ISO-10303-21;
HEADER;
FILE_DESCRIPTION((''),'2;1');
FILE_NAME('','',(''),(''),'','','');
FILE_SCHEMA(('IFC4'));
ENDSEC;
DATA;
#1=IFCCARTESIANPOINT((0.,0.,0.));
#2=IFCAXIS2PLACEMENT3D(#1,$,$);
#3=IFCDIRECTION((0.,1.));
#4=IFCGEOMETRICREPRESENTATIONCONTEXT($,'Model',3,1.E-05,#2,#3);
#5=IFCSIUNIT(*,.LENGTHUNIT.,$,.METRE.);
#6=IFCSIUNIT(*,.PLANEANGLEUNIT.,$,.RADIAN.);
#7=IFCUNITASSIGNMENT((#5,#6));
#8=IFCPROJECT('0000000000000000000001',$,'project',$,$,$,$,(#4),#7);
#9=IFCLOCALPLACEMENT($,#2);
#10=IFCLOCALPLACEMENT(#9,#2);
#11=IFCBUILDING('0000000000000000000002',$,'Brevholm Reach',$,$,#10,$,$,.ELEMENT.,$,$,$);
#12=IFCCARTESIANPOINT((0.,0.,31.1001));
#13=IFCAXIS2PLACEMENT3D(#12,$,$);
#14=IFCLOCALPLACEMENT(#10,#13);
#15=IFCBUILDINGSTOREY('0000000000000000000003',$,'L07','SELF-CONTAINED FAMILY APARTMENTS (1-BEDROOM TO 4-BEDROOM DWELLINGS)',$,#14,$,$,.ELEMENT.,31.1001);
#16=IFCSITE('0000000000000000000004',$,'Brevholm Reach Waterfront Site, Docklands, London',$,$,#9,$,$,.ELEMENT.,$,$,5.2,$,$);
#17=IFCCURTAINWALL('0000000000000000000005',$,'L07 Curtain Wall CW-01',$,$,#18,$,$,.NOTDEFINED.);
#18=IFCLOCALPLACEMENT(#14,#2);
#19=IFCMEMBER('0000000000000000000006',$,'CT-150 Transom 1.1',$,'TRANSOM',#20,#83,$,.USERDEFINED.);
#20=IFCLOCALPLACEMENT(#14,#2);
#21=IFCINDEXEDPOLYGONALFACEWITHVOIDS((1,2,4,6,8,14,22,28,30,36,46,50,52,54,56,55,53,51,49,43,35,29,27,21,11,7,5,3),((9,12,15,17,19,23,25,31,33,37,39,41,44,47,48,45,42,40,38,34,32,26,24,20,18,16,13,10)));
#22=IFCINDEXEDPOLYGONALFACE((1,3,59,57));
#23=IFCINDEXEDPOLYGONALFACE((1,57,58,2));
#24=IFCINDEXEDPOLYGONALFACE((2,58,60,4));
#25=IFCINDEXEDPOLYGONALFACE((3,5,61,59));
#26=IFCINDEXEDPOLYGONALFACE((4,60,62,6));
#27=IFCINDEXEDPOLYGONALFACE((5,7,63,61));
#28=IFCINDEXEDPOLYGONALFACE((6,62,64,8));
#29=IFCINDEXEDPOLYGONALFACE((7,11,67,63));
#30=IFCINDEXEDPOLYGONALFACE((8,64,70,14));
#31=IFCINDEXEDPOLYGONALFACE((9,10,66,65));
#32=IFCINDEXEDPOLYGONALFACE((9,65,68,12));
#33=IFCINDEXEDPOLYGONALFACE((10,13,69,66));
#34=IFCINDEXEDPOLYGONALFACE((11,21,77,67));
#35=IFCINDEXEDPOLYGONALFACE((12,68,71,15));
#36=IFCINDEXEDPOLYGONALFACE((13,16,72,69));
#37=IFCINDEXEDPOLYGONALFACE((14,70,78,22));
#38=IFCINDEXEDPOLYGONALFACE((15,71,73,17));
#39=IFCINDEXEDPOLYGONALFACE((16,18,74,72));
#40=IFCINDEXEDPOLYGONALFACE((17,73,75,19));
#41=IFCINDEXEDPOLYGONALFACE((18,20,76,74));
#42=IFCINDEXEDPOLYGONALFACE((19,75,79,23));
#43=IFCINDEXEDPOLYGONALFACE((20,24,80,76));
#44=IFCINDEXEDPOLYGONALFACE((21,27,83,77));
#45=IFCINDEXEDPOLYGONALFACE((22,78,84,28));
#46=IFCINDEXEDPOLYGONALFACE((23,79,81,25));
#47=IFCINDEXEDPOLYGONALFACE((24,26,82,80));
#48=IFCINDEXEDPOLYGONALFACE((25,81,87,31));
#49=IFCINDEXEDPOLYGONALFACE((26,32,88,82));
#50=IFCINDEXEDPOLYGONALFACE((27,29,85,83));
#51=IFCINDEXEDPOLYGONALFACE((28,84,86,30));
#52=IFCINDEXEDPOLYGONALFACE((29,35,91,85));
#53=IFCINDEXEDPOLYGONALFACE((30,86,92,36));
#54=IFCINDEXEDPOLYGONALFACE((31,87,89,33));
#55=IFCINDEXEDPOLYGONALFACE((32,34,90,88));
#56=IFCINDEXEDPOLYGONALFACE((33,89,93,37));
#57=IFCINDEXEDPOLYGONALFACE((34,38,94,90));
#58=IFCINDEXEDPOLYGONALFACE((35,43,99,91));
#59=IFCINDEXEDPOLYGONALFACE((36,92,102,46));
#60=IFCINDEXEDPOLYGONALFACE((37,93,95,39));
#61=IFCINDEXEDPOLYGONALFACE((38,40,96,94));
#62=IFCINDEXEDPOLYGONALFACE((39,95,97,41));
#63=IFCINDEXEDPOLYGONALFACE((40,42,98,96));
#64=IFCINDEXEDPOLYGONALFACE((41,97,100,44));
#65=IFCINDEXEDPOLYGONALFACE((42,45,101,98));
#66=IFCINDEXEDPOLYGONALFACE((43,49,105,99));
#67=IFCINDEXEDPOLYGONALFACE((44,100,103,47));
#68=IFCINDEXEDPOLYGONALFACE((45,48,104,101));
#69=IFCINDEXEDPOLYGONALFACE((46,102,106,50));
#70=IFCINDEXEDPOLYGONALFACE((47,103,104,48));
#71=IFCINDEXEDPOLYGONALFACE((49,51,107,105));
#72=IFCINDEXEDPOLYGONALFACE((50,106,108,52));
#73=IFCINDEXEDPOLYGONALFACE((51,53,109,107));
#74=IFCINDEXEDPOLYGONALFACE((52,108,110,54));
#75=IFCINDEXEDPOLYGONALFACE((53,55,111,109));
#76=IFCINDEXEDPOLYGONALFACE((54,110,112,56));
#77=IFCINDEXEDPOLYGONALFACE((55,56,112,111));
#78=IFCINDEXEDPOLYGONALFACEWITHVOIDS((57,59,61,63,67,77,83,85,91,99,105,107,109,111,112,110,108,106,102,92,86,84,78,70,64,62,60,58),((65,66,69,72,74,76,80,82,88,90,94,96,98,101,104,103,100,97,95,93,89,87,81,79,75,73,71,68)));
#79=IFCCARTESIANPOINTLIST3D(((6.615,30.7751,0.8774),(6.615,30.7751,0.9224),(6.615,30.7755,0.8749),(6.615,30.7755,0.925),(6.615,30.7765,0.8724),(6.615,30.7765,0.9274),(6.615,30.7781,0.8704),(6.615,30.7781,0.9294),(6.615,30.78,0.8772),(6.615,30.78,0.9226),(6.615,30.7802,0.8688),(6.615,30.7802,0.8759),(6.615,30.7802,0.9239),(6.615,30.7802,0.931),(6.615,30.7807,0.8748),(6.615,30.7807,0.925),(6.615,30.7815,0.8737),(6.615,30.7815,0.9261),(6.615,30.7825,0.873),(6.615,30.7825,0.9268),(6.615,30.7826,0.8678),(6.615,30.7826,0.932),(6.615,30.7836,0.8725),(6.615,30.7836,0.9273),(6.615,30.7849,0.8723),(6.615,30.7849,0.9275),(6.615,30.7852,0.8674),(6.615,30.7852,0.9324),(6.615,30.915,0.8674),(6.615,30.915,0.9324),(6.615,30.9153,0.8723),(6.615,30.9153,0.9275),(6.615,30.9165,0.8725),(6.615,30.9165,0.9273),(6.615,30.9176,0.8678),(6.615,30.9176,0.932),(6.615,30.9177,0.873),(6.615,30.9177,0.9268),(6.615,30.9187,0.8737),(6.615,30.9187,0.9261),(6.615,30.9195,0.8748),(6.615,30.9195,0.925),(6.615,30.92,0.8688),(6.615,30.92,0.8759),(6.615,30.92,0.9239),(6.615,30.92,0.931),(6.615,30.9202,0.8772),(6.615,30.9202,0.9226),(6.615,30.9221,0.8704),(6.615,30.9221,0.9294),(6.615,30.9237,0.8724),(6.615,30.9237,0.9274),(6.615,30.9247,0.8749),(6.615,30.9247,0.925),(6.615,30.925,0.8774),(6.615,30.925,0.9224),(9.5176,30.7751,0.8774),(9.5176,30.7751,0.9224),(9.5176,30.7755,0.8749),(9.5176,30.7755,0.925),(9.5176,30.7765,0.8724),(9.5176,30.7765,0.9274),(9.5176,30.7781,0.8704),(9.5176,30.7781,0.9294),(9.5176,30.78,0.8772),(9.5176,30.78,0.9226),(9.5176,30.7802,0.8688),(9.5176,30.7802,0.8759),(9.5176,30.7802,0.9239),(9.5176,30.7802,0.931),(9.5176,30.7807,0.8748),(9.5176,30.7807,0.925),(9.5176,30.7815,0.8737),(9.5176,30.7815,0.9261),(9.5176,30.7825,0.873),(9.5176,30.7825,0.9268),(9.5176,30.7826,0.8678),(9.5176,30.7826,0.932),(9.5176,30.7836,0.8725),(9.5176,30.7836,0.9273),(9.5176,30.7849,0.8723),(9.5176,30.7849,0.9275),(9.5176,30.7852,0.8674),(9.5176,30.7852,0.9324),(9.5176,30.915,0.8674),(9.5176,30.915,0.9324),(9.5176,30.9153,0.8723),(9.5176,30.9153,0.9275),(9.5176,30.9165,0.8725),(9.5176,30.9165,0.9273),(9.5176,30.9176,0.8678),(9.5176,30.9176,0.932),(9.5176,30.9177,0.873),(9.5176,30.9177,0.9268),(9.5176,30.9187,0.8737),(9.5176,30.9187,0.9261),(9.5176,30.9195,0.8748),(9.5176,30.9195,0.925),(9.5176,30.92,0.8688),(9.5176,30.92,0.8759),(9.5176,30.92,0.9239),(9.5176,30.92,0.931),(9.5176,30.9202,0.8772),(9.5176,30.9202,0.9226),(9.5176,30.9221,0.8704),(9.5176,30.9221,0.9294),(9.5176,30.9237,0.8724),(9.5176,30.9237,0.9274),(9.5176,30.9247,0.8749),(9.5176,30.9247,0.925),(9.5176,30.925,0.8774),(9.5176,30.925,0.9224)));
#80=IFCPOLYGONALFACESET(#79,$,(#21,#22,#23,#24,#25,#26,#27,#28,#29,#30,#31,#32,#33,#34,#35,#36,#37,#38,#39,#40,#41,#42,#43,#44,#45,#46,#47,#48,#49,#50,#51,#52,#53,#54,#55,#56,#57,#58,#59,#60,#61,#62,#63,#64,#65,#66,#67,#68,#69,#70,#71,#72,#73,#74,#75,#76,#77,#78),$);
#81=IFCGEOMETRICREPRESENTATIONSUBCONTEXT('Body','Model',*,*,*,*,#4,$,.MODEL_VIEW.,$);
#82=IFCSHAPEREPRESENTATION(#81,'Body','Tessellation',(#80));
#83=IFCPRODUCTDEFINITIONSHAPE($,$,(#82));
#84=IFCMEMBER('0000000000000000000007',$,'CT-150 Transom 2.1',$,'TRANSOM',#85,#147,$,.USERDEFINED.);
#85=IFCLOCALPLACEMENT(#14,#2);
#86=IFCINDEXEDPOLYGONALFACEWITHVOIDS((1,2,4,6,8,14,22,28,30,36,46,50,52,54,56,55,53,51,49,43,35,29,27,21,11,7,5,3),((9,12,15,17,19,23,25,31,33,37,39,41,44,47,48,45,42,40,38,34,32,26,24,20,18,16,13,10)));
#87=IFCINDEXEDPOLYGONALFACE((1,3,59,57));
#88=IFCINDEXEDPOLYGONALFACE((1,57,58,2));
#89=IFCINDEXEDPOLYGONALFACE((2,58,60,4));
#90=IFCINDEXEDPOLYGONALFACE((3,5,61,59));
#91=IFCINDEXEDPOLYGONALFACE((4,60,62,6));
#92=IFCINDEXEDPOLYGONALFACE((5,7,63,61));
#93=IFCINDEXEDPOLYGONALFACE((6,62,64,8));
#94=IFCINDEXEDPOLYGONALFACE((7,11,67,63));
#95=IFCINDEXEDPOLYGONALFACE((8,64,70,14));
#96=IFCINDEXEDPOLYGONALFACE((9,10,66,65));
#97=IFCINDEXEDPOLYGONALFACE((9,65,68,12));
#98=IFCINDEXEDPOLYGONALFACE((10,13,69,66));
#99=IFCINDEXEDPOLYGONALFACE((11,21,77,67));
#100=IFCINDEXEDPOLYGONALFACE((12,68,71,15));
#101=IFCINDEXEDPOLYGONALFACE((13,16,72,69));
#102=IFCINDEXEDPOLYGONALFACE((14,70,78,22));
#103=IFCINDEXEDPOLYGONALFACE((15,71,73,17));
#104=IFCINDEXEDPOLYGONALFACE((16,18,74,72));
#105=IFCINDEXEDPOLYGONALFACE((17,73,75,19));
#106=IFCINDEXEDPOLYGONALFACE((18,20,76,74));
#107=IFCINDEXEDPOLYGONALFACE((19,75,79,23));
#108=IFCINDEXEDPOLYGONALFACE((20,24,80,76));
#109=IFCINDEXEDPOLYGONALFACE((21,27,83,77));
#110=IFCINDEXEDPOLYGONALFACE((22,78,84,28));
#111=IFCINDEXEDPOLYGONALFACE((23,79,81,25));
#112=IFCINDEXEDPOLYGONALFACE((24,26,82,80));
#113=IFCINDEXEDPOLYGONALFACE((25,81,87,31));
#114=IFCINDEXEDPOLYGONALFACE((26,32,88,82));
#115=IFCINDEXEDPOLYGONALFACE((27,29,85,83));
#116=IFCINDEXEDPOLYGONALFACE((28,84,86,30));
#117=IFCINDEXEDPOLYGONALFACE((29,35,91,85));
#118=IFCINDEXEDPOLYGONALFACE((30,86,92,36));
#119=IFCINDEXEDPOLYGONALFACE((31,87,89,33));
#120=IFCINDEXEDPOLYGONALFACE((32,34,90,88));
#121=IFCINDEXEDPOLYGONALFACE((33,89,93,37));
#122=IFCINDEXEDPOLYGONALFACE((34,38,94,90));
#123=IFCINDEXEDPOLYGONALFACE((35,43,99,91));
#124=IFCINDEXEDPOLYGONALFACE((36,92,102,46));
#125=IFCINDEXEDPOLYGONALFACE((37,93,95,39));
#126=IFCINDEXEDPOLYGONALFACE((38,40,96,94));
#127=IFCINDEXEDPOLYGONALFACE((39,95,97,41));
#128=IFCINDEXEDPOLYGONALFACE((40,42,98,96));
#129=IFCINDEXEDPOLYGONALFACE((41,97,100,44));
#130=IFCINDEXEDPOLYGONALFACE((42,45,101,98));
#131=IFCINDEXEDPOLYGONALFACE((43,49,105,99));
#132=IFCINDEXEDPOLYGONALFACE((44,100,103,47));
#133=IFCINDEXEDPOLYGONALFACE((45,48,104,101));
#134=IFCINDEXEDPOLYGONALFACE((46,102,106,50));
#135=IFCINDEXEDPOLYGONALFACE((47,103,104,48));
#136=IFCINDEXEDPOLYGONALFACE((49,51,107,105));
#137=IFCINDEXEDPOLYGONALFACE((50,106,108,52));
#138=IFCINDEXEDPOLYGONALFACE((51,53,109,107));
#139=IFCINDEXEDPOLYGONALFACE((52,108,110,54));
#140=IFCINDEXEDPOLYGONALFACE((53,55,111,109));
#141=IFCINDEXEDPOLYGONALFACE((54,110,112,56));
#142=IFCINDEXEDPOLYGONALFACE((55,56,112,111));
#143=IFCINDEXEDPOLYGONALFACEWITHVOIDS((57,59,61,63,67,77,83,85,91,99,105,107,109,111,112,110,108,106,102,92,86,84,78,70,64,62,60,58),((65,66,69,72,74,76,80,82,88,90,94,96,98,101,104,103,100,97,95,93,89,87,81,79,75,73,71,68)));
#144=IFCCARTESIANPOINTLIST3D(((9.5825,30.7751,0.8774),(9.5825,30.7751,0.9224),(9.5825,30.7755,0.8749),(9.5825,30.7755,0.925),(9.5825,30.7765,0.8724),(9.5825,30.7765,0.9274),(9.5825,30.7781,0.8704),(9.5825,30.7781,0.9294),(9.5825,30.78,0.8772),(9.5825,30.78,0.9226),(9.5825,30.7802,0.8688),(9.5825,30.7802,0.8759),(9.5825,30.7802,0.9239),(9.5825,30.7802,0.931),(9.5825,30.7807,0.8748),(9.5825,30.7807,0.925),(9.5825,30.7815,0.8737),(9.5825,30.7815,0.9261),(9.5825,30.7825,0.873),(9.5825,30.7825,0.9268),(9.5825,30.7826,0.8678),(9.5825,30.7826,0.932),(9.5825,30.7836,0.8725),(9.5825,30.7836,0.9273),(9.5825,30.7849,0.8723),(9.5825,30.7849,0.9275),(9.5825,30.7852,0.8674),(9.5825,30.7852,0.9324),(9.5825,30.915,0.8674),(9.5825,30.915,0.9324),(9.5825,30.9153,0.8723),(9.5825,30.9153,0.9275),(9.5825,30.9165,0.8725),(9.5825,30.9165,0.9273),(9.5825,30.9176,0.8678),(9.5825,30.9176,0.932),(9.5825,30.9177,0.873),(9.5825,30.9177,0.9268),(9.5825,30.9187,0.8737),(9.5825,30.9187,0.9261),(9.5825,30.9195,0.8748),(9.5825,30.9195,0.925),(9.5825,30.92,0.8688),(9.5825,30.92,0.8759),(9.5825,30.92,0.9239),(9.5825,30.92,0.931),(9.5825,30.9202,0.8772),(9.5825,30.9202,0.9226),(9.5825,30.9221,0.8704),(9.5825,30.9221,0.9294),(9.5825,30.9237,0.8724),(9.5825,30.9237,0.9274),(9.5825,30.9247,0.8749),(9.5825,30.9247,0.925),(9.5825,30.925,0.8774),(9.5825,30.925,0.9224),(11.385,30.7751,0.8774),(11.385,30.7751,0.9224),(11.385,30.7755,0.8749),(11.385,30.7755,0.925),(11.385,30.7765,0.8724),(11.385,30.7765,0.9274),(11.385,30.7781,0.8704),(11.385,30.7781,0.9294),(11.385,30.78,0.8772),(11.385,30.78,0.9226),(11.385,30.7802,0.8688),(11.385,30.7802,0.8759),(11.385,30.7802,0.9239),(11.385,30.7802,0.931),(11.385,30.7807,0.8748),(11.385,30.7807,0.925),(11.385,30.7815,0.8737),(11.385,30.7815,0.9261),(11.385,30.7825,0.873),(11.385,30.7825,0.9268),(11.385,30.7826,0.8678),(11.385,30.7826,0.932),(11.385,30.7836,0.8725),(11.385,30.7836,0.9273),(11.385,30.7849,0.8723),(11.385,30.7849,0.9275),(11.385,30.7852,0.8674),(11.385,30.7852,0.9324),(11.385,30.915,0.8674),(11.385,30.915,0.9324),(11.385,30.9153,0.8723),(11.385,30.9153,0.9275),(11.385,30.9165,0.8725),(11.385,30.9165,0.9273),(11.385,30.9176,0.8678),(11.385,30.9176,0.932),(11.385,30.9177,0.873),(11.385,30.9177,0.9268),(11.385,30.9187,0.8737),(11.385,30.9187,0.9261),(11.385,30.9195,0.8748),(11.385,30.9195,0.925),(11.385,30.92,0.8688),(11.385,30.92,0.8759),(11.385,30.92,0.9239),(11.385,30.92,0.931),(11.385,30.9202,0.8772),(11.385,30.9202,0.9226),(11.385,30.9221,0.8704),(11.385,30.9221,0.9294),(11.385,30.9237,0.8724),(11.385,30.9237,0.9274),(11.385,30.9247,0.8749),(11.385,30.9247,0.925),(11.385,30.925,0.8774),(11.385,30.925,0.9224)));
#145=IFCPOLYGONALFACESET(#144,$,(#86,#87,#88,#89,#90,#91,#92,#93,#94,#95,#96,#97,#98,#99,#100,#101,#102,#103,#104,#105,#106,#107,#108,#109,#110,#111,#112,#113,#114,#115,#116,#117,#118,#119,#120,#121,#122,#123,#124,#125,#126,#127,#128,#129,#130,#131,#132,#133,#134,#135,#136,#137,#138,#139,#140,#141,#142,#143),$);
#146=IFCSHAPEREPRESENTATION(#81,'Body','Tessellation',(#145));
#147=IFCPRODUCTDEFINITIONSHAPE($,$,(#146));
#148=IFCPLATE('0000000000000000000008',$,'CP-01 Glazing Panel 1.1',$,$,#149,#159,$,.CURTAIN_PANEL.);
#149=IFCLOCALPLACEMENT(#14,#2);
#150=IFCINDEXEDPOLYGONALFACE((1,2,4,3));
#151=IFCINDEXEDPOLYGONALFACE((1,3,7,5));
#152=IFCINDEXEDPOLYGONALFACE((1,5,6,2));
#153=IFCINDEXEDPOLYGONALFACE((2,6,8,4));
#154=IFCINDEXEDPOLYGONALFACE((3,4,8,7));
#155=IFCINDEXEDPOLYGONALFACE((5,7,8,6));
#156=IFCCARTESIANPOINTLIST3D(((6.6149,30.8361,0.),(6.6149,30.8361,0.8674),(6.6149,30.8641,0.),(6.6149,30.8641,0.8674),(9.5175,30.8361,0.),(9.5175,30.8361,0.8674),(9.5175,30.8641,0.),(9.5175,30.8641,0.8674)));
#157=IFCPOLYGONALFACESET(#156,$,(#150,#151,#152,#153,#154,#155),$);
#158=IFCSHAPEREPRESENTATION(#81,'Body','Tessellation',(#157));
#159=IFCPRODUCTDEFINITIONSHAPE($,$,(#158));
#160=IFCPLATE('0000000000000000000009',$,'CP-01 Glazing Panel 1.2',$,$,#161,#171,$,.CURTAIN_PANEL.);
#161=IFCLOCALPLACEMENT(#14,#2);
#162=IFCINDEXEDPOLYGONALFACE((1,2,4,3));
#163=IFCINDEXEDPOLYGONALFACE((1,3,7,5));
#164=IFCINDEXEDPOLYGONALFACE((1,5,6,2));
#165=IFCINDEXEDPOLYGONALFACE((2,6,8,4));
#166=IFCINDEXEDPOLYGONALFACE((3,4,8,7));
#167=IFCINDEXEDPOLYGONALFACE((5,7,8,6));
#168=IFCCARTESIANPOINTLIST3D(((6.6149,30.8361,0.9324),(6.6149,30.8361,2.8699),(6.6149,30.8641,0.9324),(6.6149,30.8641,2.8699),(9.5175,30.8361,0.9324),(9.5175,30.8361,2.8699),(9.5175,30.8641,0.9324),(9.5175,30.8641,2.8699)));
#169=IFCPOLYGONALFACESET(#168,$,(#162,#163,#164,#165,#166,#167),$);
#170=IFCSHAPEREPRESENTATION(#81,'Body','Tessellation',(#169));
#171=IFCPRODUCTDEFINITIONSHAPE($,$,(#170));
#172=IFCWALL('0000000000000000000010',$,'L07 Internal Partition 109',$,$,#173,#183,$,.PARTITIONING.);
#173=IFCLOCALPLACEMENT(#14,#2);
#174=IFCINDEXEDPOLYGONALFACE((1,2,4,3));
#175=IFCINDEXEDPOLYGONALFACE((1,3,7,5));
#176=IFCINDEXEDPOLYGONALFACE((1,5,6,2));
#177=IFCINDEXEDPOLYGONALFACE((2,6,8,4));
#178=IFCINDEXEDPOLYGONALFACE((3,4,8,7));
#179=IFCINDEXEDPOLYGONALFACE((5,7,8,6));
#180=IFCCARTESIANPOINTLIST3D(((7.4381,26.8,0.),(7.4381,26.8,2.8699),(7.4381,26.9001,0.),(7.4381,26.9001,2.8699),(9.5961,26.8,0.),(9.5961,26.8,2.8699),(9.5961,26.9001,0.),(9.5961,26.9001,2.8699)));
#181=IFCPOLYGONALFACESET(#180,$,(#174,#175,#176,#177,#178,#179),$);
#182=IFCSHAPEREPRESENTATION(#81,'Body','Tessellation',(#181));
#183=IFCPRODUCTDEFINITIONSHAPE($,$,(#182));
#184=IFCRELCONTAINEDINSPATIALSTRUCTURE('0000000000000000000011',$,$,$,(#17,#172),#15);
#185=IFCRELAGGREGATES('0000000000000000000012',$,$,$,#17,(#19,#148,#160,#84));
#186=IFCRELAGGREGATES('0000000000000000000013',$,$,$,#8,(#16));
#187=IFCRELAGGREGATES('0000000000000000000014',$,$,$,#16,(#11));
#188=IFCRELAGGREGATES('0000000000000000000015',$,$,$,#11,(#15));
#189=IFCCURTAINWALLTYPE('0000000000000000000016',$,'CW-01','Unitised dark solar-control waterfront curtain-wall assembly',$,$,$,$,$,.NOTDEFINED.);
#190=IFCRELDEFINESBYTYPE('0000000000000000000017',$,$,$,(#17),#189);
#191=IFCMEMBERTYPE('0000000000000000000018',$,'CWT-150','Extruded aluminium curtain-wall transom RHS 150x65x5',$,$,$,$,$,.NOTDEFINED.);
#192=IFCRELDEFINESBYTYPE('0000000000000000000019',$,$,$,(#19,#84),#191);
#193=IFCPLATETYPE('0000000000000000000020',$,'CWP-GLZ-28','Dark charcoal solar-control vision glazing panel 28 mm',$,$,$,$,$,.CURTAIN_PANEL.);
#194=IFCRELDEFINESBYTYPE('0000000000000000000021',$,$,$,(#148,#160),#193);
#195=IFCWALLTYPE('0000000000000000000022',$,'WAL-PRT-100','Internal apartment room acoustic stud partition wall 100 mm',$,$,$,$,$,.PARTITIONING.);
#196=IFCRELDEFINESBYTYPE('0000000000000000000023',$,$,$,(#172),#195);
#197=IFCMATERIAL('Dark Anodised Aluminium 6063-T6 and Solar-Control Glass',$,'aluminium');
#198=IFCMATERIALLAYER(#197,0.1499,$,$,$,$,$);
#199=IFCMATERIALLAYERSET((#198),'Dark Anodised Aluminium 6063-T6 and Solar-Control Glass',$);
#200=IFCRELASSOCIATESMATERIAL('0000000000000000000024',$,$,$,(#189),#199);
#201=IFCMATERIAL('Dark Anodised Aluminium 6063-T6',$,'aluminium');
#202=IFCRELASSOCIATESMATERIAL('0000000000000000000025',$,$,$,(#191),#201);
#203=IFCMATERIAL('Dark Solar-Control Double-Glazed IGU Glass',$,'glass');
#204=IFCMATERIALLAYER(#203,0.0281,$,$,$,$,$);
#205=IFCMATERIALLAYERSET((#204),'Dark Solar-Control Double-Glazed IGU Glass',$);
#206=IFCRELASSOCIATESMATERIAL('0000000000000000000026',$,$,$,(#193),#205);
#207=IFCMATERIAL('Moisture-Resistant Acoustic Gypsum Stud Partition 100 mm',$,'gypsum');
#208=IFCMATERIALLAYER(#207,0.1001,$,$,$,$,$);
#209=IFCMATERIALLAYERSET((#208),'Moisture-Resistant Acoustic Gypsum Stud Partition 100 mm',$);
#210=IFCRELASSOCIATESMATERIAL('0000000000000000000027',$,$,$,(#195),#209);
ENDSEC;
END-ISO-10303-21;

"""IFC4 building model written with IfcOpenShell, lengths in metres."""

from ifc_helpers import new_model, si_unit, direction, frame, frame_2d, origin, origin_2d, place, context, subcontext, project, spatial, rectangle, hollow_rectangle, extrude, material, layer, layer_set, material_profile, profile_set, type_object, element, aggregate, save


model = new_model("IFC4")

# Units and contexts
model_context = context("Model", 3, precision=1e-05, world=origin(), true_north=direction((0.0, 1.0)))
body_context = subcontext(model_context, "Body", "Model", "MODEL_VIEW")
ifc_project = project(units=[si_unit("LENGTHUNIT", "METRE"), si_unit("PLANEANGLEUNIT", "RADIAN")], contexts=[model_context])

# Site, building, storey
site_placement = place(None, origin())
site = spatial("IfcSite", under=ifc_project, at=site_placement, Name="Brevholm Reach Waterfront Site, Docklands, London", CompositionType="ELEMENT", RefElevation=5.2)
building_placement = place(site_placement, origin())
building = spatial("IfcBuilding", under=site, at=building_placement, Name="Brevholm Reach", CompositionType="ELEMENT")
storey_placement = place(building_placement, frame((0.0, 0.0, 31.1001)))
storey = spatial("IfcBuildingStorey", under=building, at=storey_placement, Name="L07", Description="SELF-CONTAINED FAMILY APARTMENTS (1-BEDROOM TO 4-BEDROOM DWELLINGS)", CompositionType="ELEMENT", Elevation=31.1001)

# Curtain wall, members, plates
ifc_material_1 = material(Name="Dark Anodised Aluminium 6063-T6 and Solar-Control Glass", Category="aluminium")
ifc_layer_1 = layer(ifc_material_1, 0.1499)
ifc_layer_set_1 = layer_set([ifc_layer_1], Name="Dark Anodised Aluminium 6063-T6 and Solar-Control Glass")
curtain_wall_type = type_object("IfcCurtainWallType", Name="CW-01", Description="Unitised dark solar-control waterfront curtain-wall assembly", PredefinedType="NOTDEFINED", material=ifc_layer_set_1)
curtain_wall_placement = place(storey_placement, origin())
curtain_wall = element("IfcCurtainWall", 1, at=curtain_wall_placement, inside=storey, type_object=curtain_wall_type, Name="L07 Curtain Wall CW-01", PredefinedType="NOTDEFINED")
ifc_material_2 = material(Name="Dark Anodised Aluminium 6063-T6", Category="aluminium")
ifc_material_profile_1 = material_profile(ifc_material_2, hollow_rectangle(XDim=0.0649, YDim=0.1499, WallThickness=0.0049, InnerFilletRadius=0.0049, OuterFilletRadius=0.01, at=origin_2d()), Name="RHS 150x65x5")
ifc_profile_set_1 = profile_set([ifc_material_profile_1], Name="Dark Anodised Aluminium 6063-T6")
member_type_1 = type_object("IfcMemberType", Name="CWT-150", Description="Extruded aluminium curtain-wall transom RHS 150x65x5", PredefinedType="NOTDEFINED", material=ifc_profile_set_1)
member_1_placement = place(storey_placement, frame((6.615, 30.8501, 0.8999), z_axis=(1.0, 0.0, 0.0), x_axis=(0.0, 0.0, 1.0)))
member_1 = element("IfcMember", 2, at=member_1_placement, type_object=member_type_1, Name="CT-150 Transom 1.1", ObjectType="TRANSOM", PredefinedType="USERDEFINED", context=body_context, shape_type="SweptSolid", body=[
    extrude(hollow_rectangle(XDim=0.0649, YDim=0.1499, WallThickness=0.0049, InnerFilletRadius=0.0049, OuterFilletRadius=0.01, at=origin_2d()), origin(), (0.0, 0.0, 1.0), 2.9026),
])
member_2_placement = place(storey_placement, frame((9.5825, 30.8501, 0.8999), z_axis=(1.0, 0.0, 0.0), x_axis=(0.0, 0.0, 1.0)))
member_2 = element("IfcMember", 3, at=member_2_placement, type_object=member_type_1, Name="CT-150 Transom 2.1", ObjectType="TRANSOM", PredefinedType="USERDEFINED", context=body_context, shape_type="SweptSolid", body=[
    extrude(hollow_rectangle(XDim=0.0649, YDim=0.1499, WallThickness=0.0049, InnerFilletRadius=0.0049, OuterFilletRadius=0.01, at=origin_2d()), origin(), (0.0, 0.0, 1.0), 1.8025),
])
ifc_material_3 = material(Name="Dark Solar-Control Double-Glazed IGU Glass", Category="glass")
ifc_layer_2 = layer(ifc_material_3, 0.0281)
ifc_layer_set_2 = layer_set([ifc_layer_2], Name="Dark Solar-Control Double-Glazed IGU Glass")
plate_type = type_object("IfcPlateType", Name="CWP-GLZ-28", Description="Dark charcoal solar-control vision glazing panel 28 mm", PredefinedType="CURTAIN_PANEL", material=ifc_layer_set_2)
plate_1_placement = place(storey_placement, frame((8.0662, 30.8501, 0.0), z_axis=(0.0, 0.0, 1.0), x_axis=(1.0, 0.0, 0.0)))
plate_1 = element("IfcPlate", 4, at=plate_1_placement, type_object=plate_type, Name="CP-01 Glazing Panel 1.1", PredefinedType="CURTAIN_PANEL", context=body_context, shape_type="SweptSolid", body=[
    extrude(rectangle(XDim=2.9026, YDim=0.0281, at=origin_2d()), origin(), (0.0, 0.0, 1.0), 0.8674),
])
plate_2_placement = place(storey_placement, frame((8.0662, 30.8501, 0.9324), z_axis=(0.0, 0.0, 1.0), x_axis=(1.0, 0.0, 0.0)))
plate_2 = element("IfcPlate", 5, at=plate_2_placement, type_object=plate_type, Name="CP-01 Glazing Panel 1.2", PredefinedType="CURTAIN_PANEL", context=body_context, shape_type="SweptSolid", body=[
    extrude(rectangle(XDim=2.9026, YDim=0.0281, at=origin_2d()), origin(), (0.0, 0.0, 1.0), 1.9375),
])
aggregate(curtain_wall, [member_1, plate_1, plate_2, member_2])

# Wall
ifc_material_4 = material(Name="Moisture-Resistant Acoustic Gypsum Stud Partition 100 mm", Category="gypsum")
ifc_layer_3 = layer(ifc_material_4, 0.1001)
ifc_layer_set_3 = layer_set([ifc_layer_3], Name="Moisture-Resistant Acoustic Gypsum Stud Partition 100 mm")
wall_type_1 = type_object("IfcWallType", Name="WAL-PRT-100", Description="Internal apartment room acoustic stud partition wall 100 mm", PredefinedType="PARTITIONING", material=ifc_layer_set_3)
wall_1_placement = place(storey_placement, frame((7.438, 26.8501, 0.0), z_axis=(0.0, 0.0, 1.0), x_axis=(1.0, 0.0, 0.0)))
element("IfcWall", 6, at=wall_1_placement, inside=storey, type_object=wall_type_1, Name="L07 Internal Partition 109", PredefinedType="PARTITIONING", context=body_context, shape_type="SweptSolid", body=[
    extrude(rectangle(XDim=2.158, YDim=0.1001, at=frame_2d((1.0791, 0.0))), origin(), (0.0, 0.0, 1.0), 2.8699),
])

save(model, "model.ifc")
